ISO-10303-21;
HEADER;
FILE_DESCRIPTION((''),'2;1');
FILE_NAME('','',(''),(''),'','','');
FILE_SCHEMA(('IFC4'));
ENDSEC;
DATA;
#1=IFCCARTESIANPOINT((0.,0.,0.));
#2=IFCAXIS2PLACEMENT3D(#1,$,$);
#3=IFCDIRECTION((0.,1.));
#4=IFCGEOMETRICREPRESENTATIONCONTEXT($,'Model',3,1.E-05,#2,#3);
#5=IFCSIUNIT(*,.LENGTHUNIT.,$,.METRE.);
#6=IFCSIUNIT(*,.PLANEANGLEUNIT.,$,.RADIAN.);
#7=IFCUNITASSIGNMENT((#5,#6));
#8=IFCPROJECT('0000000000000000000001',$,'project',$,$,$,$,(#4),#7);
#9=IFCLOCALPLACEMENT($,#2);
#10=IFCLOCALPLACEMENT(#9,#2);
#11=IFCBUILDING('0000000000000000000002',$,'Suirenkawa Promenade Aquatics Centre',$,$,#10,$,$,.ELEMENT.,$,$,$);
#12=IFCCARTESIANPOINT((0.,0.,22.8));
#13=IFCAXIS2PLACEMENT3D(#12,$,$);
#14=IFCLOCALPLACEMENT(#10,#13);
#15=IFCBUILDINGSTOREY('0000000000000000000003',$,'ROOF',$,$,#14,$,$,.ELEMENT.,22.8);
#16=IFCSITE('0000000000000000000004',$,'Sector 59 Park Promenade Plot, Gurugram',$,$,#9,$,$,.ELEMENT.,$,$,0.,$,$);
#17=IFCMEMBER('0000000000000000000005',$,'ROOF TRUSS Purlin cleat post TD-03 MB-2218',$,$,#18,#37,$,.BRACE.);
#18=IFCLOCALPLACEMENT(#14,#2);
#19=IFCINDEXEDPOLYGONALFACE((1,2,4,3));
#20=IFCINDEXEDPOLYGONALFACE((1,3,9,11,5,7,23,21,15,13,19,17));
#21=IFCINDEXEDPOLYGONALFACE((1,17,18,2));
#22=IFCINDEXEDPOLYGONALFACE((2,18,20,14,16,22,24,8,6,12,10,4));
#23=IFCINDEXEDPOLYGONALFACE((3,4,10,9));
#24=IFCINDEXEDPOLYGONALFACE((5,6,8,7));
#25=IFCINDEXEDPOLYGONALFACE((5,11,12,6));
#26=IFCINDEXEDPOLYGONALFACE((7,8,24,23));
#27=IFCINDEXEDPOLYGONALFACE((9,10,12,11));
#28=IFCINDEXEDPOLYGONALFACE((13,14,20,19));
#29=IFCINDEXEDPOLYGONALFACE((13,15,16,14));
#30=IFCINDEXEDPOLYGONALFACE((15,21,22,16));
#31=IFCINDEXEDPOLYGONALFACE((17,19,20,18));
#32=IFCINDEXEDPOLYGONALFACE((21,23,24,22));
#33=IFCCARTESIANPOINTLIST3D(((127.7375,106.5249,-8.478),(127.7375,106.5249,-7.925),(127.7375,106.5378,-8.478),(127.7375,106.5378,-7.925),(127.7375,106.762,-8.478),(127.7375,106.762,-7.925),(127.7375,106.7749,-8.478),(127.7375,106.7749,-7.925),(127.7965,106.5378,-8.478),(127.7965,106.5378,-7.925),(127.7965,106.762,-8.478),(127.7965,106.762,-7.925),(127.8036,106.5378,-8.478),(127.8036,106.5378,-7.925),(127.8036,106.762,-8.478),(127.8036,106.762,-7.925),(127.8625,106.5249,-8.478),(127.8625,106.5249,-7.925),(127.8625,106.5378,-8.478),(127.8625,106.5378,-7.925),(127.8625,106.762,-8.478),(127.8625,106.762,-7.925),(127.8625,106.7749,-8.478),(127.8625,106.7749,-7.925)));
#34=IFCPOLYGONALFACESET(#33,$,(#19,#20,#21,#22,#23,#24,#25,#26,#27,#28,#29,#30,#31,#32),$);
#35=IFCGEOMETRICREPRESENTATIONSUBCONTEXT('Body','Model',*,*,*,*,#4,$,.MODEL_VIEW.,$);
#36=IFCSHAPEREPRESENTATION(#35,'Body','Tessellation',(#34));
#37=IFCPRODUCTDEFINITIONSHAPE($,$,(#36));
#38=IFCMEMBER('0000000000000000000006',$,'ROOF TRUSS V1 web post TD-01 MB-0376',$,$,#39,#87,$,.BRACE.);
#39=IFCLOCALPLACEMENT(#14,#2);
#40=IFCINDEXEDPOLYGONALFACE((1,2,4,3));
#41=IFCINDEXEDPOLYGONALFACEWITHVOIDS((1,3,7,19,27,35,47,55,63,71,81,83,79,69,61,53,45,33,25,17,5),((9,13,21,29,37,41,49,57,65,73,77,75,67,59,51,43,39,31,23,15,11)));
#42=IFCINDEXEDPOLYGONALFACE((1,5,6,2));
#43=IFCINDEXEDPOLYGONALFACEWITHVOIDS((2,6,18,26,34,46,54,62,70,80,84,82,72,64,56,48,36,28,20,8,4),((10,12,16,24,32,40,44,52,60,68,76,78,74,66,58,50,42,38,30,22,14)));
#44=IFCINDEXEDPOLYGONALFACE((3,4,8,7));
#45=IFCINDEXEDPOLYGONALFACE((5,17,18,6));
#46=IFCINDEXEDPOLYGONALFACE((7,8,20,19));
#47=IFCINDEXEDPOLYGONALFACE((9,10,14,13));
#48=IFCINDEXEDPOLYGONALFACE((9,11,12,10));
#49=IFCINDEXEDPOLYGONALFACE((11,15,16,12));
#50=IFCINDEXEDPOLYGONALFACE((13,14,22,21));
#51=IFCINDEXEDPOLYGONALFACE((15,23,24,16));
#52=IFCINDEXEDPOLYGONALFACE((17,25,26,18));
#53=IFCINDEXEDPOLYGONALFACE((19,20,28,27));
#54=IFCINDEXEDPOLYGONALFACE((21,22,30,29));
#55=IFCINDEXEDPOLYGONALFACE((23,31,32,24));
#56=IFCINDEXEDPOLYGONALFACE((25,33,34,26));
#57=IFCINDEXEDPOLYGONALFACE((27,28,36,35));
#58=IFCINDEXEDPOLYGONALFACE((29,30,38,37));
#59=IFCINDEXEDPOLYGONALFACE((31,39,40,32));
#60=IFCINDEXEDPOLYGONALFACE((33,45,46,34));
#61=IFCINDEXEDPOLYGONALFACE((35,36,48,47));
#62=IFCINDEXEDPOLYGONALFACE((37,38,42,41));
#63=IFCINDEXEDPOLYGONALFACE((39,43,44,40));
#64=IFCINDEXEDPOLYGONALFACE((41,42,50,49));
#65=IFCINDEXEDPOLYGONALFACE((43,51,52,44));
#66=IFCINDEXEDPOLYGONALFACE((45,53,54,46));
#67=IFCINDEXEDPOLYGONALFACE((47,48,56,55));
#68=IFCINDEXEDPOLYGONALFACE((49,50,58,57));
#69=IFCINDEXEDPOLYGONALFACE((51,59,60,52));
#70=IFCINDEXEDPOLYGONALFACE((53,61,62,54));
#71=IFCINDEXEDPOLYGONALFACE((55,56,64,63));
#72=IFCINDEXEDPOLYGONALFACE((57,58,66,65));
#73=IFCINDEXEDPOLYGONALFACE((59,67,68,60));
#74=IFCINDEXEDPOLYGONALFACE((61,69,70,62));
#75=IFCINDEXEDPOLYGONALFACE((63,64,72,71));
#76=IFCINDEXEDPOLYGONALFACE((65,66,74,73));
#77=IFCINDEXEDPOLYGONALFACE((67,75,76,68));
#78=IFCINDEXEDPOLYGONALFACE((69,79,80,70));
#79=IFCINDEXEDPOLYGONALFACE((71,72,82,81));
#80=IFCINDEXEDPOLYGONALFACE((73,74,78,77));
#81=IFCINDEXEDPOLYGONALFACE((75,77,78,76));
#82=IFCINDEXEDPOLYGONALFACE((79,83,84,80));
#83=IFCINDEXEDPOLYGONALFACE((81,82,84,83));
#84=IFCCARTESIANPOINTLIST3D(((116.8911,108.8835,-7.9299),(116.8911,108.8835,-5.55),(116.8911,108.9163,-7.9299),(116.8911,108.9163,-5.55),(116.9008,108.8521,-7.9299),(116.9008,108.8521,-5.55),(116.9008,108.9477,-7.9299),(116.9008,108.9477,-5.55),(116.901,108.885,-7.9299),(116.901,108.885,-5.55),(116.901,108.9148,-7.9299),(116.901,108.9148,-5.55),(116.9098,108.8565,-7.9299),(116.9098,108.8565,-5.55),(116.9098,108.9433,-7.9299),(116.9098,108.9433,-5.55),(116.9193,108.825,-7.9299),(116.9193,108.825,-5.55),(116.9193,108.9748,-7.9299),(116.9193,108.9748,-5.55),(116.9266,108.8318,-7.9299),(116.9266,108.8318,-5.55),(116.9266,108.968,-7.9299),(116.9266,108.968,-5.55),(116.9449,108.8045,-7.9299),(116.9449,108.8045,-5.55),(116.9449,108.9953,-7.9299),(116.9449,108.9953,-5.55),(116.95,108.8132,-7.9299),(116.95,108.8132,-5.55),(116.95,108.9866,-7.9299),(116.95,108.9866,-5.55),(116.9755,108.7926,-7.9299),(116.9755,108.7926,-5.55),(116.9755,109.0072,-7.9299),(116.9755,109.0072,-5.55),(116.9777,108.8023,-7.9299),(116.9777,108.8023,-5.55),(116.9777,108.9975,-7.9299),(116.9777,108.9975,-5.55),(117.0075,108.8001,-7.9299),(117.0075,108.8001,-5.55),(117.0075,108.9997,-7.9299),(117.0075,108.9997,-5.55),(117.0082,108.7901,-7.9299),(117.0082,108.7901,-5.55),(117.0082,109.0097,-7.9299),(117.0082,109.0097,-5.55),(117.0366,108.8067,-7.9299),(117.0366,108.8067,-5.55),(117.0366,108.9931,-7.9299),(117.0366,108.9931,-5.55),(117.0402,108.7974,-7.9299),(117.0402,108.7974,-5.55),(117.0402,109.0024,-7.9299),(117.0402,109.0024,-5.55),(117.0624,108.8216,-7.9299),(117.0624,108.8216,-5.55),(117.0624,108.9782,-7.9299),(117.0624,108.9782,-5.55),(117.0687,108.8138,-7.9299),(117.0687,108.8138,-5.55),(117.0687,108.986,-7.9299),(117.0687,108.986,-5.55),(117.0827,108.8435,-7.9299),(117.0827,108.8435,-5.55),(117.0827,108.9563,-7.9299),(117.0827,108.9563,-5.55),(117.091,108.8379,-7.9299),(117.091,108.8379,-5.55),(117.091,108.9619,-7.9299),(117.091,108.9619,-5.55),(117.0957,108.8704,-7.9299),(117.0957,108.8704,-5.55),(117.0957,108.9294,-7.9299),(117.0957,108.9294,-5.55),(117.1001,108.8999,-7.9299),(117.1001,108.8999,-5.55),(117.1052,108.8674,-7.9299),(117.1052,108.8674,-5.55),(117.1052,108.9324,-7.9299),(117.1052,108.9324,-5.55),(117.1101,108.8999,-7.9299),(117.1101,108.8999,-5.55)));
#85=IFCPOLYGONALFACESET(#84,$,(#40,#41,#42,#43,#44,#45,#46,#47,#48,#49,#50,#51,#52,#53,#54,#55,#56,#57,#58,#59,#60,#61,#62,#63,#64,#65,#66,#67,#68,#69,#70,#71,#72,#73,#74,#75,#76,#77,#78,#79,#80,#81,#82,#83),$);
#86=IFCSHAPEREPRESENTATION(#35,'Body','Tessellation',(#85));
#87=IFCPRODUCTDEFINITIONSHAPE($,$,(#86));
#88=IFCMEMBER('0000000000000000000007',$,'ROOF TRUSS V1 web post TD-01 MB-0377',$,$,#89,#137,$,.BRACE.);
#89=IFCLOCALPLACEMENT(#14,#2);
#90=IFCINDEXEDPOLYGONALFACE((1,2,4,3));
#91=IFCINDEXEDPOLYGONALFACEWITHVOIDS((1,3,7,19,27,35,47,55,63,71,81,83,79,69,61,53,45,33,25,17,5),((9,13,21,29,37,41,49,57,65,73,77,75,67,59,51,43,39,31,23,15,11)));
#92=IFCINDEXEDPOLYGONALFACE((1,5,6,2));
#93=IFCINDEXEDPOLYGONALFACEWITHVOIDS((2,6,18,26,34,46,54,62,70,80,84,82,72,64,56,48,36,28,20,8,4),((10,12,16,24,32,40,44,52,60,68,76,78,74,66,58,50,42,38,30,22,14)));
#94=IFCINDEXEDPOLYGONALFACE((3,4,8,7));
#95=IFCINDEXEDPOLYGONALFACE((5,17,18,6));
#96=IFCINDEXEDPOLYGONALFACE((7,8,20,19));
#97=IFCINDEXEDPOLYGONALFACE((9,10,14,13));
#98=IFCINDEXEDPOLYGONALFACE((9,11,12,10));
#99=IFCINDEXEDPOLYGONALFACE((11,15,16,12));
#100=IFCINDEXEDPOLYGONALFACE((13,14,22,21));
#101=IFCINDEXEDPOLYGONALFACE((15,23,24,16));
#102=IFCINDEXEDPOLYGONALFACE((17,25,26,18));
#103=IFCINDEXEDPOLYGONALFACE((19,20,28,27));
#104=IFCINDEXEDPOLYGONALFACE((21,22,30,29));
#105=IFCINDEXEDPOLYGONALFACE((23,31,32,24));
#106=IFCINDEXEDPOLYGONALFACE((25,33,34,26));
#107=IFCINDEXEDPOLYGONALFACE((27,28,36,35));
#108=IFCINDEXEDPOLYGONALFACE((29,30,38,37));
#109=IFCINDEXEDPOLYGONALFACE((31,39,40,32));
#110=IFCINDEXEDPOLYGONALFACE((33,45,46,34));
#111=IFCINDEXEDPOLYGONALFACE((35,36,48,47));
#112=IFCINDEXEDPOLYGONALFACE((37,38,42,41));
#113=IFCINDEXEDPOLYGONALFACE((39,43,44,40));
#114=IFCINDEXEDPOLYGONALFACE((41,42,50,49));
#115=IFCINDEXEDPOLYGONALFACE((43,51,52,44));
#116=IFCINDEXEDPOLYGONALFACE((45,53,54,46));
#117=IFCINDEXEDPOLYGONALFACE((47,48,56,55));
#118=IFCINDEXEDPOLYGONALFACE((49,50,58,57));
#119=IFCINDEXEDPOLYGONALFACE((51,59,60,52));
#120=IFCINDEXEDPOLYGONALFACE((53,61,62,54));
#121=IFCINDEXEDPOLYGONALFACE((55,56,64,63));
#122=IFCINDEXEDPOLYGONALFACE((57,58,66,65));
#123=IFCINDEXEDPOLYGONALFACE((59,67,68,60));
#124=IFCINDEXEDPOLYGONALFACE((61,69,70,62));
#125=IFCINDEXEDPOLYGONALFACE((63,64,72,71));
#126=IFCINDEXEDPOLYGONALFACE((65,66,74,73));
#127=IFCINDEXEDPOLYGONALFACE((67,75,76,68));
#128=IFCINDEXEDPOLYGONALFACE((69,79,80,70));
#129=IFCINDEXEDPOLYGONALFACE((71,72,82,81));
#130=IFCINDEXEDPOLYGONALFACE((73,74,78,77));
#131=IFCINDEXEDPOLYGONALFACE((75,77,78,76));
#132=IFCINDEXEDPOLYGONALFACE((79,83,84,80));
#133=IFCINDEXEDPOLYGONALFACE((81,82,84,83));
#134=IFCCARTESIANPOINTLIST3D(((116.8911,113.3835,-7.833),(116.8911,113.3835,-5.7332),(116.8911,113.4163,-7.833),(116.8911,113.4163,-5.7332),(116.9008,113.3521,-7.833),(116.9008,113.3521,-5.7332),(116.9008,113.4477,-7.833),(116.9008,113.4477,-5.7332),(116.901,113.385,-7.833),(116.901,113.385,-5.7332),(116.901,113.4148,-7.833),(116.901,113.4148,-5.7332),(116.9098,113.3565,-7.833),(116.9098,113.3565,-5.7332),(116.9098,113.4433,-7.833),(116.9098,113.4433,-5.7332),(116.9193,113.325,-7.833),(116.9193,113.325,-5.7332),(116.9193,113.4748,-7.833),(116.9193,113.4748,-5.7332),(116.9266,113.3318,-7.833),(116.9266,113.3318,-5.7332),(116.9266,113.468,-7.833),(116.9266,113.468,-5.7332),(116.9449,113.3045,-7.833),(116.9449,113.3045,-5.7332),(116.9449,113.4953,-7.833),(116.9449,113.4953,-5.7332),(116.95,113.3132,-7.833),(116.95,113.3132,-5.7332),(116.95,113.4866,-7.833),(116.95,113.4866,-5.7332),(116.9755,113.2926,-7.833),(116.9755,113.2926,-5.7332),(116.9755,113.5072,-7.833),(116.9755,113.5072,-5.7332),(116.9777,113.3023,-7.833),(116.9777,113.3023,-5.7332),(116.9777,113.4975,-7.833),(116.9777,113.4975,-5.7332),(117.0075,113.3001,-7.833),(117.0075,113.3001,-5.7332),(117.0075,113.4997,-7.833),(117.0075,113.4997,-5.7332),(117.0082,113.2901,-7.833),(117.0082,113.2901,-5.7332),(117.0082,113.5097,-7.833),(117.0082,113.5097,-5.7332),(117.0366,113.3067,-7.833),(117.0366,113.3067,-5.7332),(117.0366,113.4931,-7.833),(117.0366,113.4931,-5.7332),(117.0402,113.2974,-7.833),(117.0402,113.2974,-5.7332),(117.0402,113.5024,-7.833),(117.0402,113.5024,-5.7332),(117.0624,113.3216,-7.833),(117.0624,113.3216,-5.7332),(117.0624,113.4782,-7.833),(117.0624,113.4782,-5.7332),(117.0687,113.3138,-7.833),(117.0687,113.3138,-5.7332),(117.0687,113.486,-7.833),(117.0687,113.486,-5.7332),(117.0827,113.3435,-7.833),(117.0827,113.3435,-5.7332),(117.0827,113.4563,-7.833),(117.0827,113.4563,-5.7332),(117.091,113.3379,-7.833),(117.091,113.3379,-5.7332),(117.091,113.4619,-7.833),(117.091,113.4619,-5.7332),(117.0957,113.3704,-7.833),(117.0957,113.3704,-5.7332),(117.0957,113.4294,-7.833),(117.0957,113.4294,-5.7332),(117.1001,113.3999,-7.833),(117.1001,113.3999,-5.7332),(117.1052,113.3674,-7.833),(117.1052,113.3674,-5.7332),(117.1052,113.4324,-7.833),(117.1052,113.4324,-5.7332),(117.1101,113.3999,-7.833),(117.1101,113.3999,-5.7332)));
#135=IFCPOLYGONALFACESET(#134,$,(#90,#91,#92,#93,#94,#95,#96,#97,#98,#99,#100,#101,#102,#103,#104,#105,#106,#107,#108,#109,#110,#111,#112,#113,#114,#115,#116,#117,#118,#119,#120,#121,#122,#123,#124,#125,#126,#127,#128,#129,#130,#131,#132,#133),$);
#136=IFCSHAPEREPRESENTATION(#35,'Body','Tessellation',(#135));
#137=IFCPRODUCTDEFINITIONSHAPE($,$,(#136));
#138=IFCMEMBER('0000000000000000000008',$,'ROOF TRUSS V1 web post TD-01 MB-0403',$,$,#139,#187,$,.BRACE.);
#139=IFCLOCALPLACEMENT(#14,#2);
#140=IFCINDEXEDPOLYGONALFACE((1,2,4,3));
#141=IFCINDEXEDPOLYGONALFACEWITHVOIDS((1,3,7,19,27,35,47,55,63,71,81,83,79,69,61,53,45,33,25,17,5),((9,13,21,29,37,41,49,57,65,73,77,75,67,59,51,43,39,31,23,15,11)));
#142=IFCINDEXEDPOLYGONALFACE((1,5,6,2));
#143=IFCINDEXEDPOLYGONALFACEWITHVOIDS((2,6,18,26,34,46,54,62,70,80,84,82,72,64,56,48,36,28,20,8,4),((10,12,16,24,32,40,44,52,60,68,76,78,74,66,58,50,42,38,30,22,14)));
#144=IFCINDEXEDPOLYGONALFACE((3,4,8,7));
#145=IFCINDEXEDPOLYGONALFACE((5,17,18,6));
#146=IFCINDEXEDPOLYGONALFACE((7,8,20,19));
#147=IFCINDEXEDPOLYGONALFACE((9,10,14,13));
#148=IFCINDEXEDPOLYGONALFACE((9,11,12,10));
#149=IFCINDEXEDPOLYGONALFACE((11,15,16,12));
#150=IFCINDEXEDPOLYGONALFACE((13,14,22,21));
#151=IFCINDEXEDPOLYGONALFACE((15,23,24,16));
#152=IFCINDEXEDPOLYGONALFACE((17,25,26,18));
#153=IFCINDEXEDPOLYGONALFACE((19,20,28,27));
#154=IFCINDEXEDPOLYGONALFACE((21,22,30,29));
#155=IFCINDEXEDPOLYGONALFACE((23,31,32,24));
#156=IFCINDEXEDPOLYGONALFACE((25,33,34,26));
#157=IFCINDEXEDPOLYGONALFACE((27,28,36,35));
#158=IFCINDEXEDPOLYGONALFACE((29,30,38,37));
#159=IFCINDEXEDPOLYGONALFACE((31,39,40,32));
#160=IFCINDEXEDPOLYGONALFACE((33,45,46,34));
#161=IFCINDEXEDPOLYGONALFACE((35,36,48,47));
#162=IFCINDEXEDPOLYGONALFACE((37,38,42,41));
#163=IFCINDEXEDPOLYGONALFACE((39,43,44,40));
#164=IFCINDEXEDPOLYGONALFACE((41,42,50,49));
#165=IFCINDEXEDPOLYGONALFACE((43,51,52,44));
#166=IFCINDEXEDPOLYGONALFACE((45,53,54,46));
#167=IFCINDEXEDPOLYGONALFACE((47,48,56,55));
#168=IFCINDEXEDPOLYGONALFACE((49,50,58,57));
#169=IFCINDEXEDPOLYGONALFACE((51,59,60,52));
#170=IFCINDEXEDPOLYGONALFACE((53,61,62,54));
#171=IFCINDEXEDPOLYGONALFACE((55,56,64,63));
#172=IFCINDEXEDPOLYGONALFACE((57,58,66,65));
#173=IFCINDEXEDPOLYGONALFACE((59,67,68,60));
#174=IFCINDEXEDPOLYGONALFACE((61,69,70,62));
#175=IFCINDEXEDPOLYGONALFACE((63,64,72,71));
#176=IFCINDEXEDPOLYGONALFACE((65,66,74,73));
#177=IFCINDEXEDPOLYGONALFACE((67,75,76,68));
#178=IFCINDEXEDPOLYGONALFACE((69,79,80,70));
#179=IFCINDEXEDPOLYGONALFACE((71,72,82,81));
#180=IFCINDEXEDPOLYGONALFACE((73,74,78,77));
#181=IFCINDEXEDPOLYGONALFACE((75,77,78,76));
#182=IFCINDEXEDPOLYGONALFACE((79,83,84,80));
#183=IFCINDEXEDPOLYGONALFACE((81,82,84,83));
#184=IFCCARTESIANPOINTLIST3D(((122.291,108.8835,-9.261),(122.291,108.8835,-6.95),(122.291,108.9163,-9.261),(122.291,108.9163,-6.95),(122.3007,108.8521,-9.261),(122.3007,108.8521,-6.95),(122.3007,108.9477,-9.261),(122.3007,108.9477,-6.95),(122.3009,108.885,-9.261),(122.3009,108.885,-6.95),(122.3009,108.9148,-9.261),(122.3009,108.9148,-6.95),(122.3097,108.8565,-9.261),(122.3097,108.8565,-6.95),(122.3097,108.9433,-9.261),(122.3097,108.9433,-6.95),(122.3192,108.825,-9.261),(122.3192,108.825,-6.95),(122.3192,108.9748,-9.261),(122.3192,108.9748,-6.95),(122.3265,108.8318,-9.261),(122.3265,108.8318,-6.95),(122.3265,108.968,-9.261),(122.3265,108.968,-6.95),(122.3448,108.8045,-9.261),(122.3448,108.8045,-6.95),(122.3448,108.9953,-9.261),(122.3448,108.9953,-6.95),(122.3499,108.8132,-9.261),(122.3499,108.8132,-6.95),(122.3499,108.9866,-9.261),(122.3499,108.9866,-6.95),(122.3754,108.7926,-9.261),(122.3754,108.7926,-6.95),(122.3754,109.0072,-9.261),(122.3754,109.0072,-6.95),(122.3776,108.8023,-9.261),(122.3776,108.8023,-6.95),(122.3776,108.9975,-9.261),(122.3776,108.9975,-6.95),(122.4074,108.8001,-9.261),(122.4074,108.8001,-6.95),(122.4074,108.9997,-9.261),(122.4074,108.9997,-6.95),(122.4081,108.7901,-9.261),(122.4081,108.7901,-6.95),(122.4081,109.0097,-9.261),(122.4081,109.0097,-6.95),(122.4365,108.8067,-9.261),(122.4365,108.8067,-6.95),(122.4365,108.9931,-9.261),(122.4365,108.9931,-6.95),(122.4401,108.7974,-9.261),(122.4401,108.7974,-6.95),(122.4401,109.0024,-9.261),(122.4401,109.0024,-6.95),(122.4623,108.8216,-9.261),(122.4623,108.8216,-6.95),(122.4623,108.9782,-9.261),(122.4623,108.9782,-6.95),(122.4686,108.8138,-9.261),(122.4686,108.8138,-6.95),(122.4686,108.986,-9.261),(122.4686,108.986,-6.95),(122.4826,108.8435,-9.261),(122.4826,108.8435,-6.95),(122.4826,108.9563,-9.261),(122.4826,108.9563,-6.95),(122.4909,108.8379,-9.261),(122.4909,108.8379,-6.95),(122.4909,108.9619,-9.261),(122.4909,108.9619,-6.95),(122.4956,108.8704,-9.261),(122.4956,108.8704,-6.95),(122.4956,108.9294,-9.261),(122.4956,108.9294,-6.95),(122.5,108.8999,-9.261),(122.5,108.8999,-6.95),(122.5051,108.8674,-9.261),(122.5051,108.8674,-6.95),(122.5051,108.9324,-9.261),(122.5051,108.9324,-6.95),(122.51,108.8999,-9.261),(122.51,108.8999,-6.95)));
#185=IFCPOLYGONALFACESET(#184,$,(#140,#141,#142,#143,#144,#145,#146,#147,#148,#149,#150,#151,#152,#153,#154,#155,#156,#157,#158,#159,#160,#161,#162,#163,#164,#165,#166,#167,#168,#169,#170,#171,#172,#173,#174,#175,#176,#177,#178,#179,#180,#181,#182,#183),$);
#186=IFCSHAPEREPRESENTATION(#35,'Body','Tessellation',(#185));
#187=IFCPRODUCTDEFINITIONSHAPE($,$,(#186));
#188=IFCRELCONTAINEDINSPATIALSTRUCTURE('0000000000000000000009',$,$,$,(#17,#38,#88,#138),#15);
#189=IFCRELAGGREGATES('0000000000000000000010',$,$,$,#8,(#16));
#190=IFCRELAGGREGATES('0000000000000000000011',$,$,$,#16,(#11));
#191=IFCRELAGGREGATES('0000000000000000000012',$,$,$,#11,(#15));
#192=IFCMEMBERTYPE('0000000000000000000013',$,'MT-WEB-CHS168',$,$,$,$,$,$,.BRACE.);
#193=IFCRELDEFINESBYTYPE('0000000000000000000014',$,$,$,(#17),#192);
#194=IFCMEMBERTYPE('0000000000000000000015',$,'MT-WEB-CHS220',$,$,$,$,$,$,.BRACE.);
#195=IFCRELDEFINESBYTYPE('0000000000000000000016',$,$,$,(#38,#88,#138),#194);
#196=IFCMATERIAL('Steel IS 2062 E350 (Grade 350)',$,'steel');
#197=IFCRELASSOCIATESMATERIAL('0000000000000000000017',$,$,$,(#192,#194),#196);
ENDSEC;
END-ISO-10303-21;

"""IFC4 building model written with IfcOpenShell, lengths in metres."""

from ifc_helpers import new_model, si_unit, direction, frame, origin, origin_2d, place, context, subcontext, project, spatial, hollow_circle, i_section, extrude, material, material_profile, profile_set, type_object, element, save


model = new_model("IFC4")

# Units and contexts
model_context = context("Model", 3, precision=1e-05, world=origin(), true_north=direction((0.0, 1.0)))
body_context = subcontext(model_context, "Body", "Model", "MODEL_VIEW")
ifc_project = project(units=[si_unit("LENGTHUNIT", "METRE"), si_unit("PLANEANGLEUNIT", "RADIAN")], contexts=[model_context])

# Site, building, storey
site_placement = place(None, origin())
site = spatial("IfcSite", under=ifc_project, at=site_placement, Name="Sector 59 Park Promenade Plot, Gurugram", CompositionType="ELEMENT", RefElevation=0.0)
building_placement = place(site_placement, origin())
building = spatial("IfcBuilding", under=site, at=building_placement, Name="Suirenkawa Promenade Aquatics Centre", CompositionType="ELEMENT")
storey_placement = place(building_placement, frame((0.0, 0.0, 22.8)))
storey = spatial("IfcBuildingStorey", under=building, at=storey_placement, Name="ROOF", CompositionType="ELEMENT", Elevation=22.8)

# Shared definitions
ifc_material = material(Name="Steel IS 2062 E350 (Grade 350)", Category="steel")

# Members
ifc_material_profile_1 = material_profile(ifc_material, i_section(OverallWidth=0.125, OverallDepth=0.25, WebThickness=0.0071, FlangeThickness=0.0129, at=origin_2d()), Name="ISMB 250", Category="steel")
ifc_profile_set_1 = profile_set([ifc_material_profile_1], Name="Steel IS 2062 E350 (Grade 350)")
member_type_1 = type_object("IfcMemberType", Name="MT-WEB-CHS168", PredefinedType="BRACE", material=ifc_profile_set_1)
member_1_placement = place(storey_placement, frame((127.8, 106.6499, -8.478), z_axis=(0.0, 0.0, 1.0), x_axis=(1.0, 0.0, 0.0)))
element("IfcMember", 1, at=member_1_placement, inside=storey, type_object=member_type_1, Name="ROOF TRUSS Purlin cleat post TD-03 MB-2218", PredefinedType="BRACE", context=body_context, shape_type="SweptSolid", body=[
    extrude(i_section(OverallWidth=0.125, OverallDepth=0.25, WebThickness=0.0071, FlangeThickness=0.0129, at=origin_2d()), origin(), (0.0, 0.0, 1.0), 0.553),
])
ifc_material_profile_2 = material_profile(ifc_material, hollow_circle(Radius=0.1101, WallThickness=0.01, at=origin_2d()), Name="CHS 220x10", Category="steel")
ifc_profile_set_2 = profile_set([ifc_material_profile_2], Name="Steel IS 2062 E350 (Grade 350)")
member_type_2 = type_object("IfcMemberType", Name="MT-WEB-CHS220", PredefinedType="BRACE", material=ifc_profile_set_2)
member_2_placement = place(storey_placement, frame((117.0, 108.8999, -7.9299), z_axis=(0.0, 0.0, 1.0), x_axis=(1.0, 0.0, 0.0)))
element("IfcMember", 2, at=member_2_placement, inside=storey, type_object=member_type_2, Name="ROOF TRUSS V1 web post TD-01 MB-0376", PredefinedType="BRACE", context=body_context, shape_type="SweptSolid", body=[
    extrude(hollow_circle(Radius=0.1101, WallThickness=0.01, at=origin_2d()), origin(), (0.0, 0.0, 1.0), 2.3799),
])
member_3_placement = place(storey_placement, frame((117.0, 113.3999, -7.833), z_axis=(0.0, 0.0, 1.0), x_axis=(1.0, 0.0, 0.0)))
element("IfcMember", 3, at=member_3_placement, inside=storey, type_object=member_type_2, Name="ROOF TRUSS V1 web post TD-01 MB-0377", PredefinedType="BRACE", context=body_context, shape_type="SweptSolid", body=[
    extrude(hollow_circle(Radius=0.1101, WallThickness=0.01, at=origin_2d()), origin(), (0.0, 0.0, 1.0), 2.0999),
])
member_4_placement = place(storey_placement, frame((122.3999, 108.8999, -9.261), z_axis=(0.0, 0.0, 1.0), x_axis=(1.0, 0.0, 0.0)))
element("IfcMember", 4, at=member_4_placement, inside=storey, type_object=member_type_2, Name="ROOF TRUSS V1 web post TD-01 MB-0403", PredefinedType="BRACE", context=body_context, shape_type="SweptSolid", body=[
    extrude(hollow_circle(Radius=0.1101, WallThickness=0.01, at=origin_2d()), origin(), (0.0, 0.0, 1.0), 2.311),
])

save(model, "model.ifc")
